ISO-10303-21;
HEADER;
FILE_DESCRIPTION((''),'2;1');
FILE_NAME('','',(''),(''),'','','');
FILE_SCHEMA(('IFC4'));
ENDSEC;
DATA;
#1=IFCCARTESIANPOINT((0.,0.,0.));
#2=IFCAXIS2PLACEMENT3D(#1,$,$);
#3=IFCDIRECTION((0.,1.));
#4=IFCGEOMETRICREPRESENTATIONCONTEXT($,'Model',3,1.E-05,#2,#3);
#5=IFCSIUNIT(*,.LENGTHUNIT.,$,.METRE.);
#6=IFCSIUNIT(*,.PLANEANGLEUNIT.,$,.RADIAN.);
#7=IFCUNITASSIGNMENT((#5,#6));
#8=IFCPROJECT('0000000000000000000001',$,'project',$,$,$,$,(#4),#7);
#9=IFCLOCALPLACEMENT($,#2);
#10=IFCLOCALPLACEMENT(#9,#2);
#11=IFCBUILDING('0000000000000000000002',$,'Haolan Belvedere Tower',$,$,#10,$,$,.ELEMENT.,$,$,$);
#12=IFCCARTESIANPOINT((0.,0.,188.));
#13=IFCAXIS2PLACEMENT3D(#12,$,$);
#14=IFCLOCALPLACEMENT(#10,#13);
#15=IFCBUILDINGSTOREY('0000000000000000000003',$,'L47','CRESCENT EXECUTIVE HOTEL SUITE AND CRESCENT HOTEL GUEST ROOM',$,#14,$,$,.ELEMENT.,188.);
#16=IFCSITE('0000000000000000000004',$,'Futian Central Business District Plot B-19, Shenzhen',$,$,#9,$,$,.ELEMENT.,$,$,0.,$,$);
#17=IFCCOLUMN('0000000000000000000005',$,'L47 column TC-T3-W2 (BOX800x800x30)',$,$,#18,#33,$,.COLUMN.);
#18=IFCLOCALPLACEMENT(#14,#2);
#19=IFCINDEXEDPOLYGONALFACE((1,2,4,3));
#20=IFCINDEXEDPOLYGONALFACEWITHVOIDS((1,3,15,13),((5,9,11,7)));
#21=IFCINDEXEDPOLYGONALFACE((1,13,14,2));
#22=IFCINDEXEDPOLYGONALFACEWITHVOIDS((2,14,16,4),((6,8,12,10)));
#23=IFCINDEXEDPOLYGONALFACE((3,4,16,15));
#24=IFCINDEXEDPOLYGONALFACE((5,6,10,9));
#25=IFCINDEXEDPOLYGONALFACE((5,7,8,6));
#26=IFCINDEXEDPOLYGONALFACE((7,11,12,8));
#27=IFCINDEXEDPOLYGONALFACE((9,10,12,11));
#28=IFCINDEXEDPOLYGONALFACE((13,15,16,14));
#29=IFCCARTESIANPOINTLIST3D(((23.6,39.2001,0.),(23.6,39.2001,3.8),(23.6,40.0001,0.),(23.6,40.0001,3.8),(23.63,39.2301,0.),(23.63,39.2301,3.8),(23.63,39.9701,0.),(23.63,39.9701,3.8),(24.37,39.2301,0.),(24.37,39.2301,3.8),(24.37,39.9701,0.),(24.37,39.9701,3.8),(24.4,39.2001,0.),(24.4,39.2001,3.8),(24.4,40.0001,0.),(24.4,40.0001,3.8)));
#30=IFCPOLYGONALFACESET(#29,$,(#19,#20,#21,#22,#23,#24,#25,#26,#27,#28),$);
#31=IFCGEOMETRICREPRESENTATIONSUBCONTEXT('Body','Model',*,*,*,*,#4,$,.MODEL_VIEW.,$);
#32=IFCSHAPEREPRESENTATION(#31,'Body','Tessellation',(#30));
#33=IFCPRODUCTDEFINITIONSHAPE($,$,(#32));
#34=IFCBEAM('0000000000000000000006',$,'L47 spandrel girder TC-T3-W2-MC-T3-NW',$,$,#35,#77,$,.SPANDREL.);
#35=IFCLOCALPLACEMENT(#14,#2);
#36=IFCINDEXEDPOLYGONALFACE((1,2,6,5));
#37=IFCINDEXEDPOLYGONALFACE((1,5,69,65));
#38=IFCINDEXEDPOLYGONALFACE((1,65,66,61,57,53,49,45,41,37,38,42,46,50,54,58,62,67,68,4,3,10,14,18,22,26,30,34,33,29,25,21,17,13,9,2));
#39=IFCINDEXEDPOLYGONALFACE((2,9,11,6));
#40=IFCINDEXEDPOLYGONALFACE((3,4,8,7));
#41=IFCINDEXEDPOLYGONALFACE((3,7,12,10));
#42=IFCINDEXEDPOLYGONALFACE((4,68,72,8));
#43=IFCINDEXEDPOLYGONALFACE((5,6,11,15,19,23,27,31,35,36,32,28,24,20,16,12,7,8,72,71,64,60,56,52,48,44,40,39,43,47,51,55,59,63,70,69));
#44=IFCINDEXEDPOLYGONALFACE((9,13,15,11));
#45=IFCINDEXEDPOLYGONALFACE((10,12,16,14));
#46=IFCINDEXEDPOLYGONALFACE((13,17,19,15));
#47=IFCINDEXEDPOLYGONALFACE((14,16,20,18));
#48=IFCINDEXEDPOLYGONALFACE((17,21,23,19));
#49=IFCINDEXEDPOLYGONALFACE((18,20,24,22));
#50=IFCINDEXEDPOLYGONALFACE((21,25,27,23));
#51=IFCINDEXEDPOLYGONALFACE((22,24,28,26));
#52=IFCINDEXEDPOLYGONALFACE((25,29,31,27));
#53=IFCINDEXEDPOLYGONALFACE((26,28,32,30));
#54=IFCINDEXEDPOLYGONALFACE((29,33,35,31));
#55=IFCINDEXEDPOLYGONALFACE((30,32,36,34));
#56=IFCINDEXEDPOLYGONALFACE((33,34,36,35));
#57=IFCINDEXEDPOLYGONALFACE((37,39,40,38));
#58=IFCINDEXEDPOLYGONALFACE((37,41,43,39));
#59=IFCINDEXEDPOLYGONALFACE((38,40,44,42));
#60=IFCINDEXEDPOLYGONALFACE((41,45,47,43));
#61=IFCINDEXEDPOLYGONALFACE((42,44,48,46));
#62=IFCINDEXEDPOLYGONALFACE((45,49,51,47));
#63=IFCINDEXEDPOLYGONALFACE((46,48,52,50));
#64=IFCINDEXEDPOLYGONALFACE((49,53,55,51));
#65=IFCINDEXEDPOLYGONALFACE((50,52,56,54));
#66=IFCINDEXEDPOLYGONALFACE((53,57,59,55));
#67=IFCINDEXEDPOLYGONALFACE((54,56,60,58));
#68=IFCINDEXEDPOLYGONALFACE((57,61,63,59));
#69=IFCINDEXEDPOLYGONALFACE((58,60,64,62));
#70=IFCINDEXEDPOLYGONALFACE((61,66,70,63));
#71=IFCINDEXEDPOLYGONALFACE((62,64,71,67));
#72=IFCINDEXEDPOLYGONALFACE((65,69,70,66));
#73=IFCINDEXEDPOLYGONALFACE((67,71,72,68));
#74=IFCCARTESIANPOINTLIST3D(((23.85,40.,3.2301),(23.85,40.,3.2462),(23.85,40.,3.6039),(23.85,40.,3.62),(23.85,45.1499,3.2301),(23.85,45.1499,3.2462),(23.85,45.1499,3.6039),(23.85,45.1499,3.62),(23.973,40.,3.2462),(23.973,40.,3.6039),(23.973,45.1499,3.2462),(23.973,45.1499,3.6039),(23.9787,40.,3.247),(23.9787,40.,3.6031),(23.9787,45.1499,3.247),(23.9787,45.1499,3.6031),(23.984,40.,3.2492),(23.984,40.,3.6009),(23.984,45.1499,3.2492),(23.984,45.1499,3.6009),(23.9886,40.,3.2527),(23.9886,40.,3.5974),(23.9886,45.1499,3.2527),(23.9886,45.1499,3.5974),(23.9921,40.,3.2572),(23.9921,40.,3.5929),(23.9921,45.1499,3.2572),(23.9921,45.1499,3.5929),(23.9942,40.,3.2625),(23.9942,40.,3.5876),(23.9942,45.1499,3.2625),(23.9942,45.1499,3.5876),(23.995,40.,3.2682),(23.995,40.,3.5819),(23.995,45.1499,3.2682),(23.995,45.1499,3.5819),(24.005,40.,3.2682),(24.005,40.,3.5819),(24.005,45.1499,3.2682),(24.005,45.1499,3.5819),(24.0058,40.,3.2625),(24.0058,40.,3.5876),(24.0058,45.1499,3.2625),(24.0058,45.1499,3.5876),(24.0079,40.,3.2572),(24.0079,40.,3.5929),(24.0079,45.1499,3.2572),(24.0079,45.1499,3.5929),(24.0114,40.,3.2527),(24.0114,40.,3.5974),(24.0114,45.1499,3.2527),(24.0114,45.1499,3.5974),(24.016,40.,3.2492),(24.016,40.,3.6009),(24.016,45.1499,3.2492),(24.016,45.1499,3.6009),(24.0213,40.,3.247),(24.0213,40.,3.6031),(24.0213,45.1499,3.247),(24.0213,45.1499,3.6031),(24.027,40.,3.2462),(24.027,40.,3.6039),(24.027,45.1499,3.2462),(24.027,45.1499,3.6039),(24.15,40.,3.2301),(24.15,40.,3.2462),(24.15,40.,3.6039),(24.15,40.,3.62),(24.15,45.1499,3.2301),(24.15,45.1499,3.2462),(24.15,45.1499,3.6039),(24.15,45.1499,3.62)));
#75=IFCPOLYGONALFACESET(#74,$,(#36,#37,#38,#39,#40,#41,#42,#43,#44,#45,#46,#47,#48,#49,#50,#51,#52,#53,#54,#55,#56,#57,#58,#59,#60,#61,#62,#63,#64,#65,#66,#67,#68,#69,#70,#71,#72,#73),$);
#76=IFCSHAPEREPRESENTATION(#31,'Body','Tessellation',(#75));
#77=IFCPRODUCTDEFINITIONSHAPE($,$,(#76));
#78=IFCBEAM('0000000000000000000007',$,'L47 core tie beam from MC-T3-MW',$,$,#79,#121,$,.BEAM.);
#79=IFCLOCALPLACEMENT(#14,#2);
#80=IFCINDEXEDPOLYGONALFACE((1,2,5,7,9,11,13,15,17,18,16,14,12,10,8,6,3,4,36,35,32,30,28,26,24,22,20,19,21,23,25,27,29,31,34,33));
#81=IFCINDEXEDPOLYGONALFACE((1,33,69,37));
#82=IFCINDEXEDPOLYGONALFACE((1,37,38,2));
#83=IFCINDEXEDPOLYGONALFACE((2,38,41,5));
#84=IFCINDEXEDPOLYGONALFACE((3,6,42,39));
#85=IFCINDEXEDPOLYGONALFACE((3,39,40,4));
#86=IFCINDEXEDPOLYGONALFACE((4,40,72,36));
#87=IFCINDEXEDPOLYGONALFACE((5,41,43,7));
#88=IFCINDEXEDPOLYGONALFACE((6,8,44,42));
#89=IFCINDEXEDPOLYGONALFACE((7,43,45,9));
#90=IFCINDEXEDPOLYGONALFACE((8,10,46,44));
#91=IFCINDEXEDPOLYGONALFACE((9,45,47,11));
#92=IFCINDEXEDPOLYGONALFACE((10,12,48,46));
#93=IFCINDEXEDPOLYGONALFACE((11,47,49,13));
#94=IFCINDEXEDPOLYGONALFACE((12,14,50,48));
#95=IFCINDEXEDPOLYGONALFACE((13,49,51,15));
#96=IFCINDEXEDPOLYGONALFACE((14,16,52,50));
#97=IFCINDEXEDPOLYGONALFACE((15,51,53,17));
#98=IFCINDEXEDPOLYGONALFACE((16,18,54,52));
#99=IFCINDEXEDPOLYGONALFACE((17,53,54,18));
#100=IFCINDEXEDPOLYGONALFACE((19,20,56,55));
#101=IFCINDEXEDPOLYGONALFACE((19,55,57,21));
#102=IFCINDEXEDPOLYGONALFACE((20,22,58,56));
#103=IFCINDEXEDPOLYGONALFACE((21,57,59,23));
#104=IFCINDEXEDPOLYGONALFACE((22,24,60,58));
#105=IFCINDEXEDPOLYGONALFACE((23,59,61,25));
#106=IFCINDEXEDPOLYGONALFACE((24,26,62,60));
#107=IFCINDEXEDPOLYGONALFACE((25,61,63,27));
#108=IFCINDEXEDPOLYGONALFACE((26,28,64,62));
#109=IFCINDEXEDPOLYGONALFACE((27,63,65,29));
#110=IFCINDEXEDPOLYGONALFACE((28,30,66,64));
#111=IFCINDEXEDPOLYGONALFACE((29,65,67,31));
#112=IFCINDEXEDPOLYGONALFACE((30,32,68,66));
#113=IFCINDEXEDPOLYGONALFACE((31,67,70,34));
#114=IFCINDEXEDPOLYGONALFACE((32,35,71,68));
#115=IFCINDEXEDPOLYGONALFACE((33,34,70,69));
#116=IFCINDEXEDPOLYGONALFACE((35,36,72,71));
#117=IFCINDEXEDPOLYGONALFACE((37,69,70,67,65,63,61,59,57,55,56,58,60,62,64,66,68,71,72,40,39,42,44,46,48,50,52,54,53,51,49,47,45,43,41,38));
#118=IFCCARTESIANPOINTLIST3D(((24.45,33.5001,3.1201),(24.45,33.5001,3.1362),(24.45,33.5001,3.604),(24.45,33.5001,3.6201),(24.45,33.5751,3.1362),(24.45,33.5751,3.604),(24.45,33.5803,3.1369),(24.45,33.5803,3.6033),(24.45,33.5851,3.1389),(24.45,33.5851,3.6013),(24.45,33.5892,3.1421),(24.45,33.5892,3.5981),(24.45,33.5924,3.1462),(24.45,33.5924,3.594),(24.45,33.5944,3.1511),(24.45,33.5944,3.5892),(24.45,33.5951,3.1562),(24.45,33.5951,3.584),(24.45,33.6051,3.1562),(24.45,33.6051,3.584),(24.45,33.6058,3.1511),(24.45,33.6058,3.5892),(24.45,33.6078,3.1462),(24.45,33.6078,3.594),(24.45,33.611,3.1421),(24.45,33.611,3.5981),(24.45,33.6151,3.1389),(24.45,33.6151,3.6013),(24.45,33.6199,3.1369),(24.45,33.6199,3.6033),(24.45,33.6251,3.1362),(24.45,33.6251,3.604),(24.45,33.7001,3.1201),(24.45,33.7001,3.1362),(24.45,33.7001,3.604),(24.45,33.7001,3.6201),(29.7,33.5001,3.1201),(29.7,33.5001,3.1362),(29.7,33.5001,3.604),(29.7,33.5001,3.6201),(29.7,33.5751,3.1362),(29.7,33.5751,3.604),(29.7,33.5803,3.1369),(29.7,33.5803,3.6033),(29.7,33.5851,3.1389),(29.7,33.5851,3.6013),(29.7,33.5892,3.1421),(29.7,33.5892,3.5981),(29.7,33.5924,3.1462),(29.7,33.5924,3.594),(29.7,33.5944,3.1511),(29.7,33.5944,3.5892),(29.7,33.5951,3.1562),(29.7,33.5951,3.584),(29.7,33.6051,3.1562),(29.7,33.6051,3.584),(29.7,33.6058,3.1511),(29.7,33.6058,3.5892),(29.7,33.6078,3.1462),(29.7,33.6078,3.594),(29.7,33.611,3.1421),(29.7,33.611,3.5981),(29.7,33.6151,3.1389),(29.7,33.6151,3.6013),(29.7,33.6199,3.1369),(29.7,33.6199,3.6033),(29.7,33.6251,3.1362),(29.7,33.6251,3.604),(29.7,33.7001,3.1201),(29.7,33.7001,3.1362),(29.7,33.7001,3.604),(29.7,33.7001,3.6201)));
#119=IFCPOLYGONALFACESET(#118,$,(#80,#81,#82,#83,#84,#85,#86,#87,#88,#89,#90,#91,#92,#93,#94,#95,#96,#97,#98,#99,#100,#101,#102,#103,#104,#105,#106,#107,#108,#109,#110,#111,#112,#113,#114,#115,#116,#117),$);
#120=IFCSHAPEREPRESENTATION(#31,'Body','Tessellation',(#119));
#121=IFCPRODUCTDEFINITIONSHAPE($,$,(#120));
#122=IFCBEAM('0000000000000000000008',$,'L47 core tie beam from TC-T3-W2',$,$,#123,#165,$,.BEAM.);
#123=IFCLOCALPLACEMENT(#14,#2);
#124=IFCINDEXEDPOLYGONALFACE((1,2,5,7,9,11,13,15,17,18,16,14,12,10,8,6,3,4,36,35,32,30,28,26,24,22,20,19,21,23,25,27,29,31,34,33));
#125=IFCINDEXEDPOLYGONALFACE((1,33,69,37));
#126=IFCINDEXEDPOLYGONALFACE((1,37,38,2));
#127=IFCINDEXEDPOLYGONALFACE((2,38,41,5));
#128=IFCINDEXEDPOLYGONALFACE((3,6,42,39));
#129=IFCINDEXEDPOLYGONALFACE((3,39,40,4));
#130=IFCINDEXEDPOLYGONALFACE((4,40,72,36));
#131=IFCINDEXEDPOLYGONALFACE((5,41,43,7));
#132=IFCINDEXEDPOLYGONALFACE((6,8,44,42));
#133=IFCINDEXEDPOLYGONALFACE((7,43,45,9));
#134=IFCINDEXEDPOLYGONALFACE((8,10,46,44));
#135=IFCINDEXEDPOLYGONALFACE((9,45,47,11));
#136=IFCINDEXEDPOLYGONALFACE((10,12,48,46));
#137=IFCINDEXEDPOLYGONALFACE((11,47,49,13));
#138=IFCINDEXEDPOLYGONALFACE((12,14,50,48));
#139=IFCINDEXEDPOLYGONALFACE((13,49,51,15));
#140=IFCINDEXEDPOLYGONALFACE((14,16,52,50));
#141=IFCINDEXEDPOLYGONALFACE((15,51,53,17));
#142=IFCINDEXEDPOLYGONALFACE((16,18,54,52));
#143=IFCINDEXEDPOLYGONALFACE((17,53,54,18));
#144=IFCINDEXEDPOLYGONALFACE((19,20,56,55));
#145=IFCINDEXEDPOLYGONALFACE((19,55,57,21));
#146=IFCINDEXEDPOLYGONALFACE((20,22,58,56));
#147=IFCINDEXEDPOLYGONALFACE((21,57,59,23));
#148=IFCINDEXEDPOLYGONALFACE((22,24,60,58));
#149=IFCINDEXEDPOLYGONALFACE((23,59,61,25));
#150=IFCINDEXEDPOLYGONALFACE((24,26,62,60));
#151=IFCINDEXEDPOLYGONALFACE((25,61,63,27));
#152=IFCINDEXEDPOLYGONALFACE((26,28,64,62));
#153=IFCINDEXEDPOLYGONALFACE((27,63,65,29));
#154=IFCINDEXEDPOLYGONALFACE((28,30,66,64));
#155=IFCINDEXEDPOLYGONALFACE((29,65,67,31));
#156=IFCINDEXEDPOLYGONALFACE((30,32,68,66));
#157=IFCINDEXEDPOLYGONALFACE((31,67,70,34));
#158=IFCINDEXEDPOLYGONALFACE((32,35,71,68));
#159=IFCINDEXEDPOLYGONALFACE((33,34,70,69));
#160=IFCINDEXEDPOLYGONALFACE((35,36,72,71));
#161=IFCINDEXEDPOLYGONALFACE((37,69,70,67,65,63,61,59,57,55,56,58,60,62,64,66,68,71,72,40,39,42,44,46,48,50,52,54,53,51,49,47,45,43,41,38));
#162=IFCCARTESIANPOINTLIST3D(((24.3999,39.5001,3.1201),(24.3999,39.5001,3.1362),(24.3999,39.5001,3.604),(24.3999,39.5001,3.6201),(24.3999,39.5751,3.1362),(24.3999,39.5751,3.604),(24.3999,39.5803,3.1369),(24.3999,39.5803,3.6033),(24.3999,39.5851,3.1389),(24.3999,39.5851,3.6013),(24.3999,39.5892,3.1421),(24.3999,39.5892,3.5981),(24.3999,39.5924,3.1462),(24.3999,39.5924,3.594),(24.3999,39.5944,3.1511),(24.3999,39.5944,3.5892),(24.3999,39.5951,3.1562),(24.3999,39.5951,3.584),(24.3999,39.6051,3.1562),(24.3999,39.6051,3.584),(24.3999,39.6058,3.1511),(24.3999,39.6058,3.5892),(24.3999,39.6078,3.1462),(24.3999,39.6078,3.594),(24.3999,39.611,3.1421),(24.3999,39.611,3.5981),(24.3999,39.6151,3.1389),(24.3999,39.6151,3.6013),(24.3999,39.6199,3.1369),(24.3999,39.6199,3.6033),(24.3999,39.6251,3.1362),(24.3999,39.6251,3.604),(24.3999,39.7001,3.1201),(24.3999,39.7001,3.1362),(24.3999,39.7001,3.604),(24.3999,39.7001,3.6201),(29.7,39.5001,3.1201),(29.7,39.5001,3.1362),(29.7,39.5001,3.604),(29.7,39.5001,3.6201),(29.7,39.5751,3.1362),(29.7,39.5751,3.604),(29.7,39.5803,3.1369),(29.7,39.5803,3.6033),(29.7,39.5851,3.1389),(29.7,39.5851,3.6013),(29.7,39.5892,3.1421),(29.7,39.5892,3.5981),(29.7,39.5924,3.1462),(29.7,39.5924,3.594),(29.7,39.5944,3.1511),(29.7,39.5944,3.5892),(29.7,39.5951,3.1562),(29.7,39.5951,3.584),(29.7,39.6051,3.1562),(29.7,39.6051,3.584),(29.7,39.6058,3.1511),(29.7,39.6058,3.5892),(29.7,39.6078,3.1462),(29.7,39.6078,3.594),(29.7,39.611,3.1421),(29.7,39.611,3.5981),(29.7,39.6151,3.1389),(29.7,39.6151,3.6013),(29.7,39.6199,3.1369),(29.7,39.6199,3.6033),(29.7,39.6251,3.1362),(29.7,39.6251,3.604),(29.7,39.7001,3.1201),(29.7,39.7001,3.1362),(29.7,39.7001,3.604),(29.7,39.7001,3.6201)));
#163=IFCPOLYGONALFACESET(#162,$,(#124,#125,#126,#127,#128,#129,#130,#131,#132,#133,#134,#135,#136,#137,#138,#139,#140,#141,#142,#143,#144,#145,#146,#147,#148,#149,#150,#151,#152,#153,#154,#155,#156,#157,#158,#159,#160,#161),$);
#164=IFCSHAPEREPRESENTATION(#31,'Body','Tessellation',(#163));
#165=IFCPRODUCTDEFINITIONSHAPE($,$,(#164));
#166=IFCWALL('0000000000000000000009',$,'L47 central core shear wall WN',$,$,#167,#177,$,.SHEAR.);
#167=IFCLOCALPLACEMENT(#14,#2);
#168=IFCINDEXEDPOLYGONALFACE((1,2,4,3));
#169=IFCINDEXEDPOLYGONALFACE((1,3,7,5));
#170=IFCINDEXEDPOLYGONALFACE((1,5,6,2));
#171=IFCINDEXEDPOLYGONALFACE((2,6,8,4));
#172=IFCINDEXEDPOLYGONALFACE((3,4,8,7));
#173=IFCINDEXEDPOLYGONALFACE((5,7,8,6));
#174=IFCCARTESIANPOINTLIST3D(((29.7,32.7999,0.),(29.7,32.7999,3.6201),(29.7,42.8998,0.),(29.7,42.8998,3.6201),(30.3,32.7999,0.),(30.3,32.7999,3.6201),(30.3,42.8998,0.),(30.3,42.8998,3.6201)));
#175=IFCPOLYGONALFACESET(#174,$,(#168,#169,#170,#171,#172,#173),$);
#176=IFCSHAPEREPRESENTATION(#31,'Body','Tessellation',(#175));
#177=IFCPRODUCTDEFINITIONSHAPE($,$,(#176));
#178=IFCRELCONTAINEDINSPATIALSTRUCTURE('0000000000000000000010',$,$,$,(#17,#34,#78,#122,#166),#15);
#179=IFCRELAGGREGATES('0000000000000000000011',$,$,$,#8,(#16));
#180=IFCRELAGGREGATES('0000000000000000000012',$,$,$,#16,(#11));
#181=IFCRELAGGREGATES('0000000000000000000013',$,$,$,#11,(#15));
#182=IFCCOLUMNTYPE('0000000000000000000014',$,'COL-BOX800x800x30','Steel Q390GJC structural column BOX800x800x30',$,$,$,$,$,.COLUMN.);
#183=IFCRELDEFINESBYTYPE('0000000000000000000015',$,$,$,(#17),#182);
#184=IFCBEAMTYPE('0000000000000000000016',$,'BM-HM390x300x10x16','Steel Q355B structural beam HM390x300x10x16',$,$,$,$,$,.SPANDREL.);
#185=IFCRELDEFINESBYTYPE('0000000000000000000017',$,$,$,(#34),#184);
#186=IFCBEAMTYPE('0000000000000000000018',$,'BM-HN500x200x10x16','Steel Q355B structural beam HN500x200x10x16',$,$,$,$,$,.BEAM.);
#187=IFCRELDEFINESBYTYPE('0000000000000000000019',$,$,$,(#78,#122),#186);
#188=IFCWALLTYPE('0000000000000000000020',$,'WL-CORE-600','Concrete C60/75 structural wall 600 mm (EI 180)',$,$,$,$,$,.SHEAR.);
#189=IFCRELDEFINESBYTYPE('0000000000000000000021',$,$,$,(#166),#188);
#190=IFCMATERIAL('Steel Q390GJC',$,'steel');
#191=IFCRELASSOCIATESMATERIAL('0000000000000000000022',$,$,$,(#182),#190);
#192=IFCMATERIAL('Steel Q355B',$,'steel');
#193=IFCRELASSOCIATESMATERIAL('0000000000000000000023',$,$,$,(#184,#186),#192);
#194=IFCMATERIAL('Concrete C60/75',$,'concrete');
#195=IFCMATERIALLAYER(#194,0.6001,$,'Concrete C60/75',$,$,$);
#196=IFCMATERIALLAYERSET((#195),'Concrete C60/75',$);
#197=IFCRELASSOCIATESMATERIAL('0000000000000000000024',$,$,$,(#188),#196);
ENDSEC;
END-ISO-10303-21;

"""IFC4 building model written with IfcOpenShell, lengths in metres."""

from ifc_helpers import new_model, si_unit, direction, frame, frame_2d, origin, origin_2d, place, context, subcontext, project, spatial, rectangle, hollow_rectangle, i_section, extrude, material, layer, layer_set, material_profile, profile_set, type_object, element, save


model = new_model("IFC4")

# Units and contexts
model_context = context("Model", 3, precision=1e-05, world=origin(), true_north=direction((0.0, 1.0)))
body_context = subcontext(model_context, "Body", "Model", "MODEL_VIEW")
ifc_project = project(units=[si_unit("LENGTHUNIT", "METRE"), si_unit("PLANEANGLEUNIT", "RADIAN")], contexts=[model_context])

# Site, building, storey
site_placement = place(None, origin())
site = spatial("IfcSite", under=ifc_project, at=site_placement, Name="Futian Central Business District Plot B-19, Shenzhen", CompositionType="ELEMENT", RefElevation=0.0)
building_placement = place(site_placement, origin())
building = spatial("IfcBuilding", under=site, at=building_placement, Name="Haolan Belvedere Tower", CompositionType="ELEMENT")
storey_placement = place(building_placement, frame((0.0, 0.0, 188.0)))
storey = spatial("IfcBuildingStorey", under=building, at=storey_placement, Name="L47", Description="CRESCENT EXECUTIVE HOTEL SUITE AND CRESCENT HOTEL GUEST ROOM", CompositionType="ELEMENT", Elevation=188.0)

# Column
ifc_material_1 = material(Name="Steel Q390GJC", Category="steel")
ifc_material_profile_1 = material_profile(ifc_material_1, hollow_rectangle(XDim=0.8, YDim=0.8, WallThickness=0.03, at=origin_2d()), Name="Steel Q390GJC")
ifc_profile_set_1 = profile_set([ifc_material_profile_1], Name="Steel Q390GJC")
column_type = type_object("IfcColumnType", Name="COL-BOX800x800x30", Description="Steel Q390GJC structural column BOX800x800x30", PredefinedType="COLUMN", material=ifc_profile_set_1)
column_placement = place(storey_placement, frame((24.0, 39.6001, 0.0), z_axis=(0.0, 0.0, 1.0), x_axis=(1.0, 0.0, 0.0)))
element("IfcColumn", 1, at=column_placement, inside=storey, type_object=column_type, Name="L47 column TC-T3-W2 (BOX800x800x30)", PredefinedType="COLUMN", context=body_context, shape_type="SweptSolid", body=[
    extrude(hollow_rectangle(XDim=0.8, YDim=0.8, WallThickness=0.03, at=origin_2d()), origin(), (0.0, 0.0, 1.0), 3.8),
])

# Beams
ifc_material_2 = material(Name="Steel Q355B", Category="steel")
ifc_material_profile_2 = material_profile(ifc_material_2, i_section(OverallWidth=0.3, OverallDepth=0.3899, WebThickness=0.01, FlangeThickness=0.0161, FilletRadius=0.022, at=origin_2d()), Name="Steel Q355B")
ifc_profile_set_2 = profile_set([ifc_material_profile_2], Name="Steel Q355B")
beam_type_1 = type_object("IfcBeamType", Name="BM-HM390x300x10x16", Description="Steel Q355B structural beam HM390x300x10x16", PredefinedType="SPANDREL", material=ifc_profile_set_2)
beam_1_placement = place(storey_placement, frame((24.0, 40.0, 3.425), z_axis=(0.0, 1.0, 0.0), x_axis=(-1.0, 0.0, 0.0)))
element("IfcBeam", 2, at=beam_1_placement, inside=storey, type_object=beam_type_1, Name="L47 spandrel girder TC-T3-W2-MC-T3-NW", PredefinedType="SPANDREL", context=body_context, shape_type="SweptSolid", body=[
    extrude(i_section(OverallWidth=0.3, OverallDepth=0.3899, WebThickness=0.01, FlangeThickness=0.0161, FilletRadius=0.022, at=origin_2d()), origin(), (0.0, 0.0, 1.0), 5.1499),
])
ifc_material_profile_3 = material_profile(ifc_material_2, i_section(OverallWidth=0.2, OverallDepth=0.5, WebThickness=0.01, FlangeThickness=0.0161, FilletRadius=0.02, at=origin_2d()), Name="Steel Q355B")
ifc_profile_set_3 = profile_set([ifc_material_profile_3], Name="Steel Q355B")
beam_type_2 = type_object("IfcBeamType", Name="BM-HN500x200x10x16", Description="Steel Q355B structural beam HN500x200x10x16", PredefinedType="BEAM", material=ifc_profile_set_3)
beam_2_placement = place(storey_placement, frame((24.45, 33.6001, 3.3701), z_axis=(1.0, 0.0, 0.0), x_axis=(0.0, 1.0, 0.0)))
element("IfcBeam", 3, at=beam_2_placement, inside=storey, type_object=beam_type_2, Name="L47 core tie beam from MC-T3-MW", PredefinedType="BEAM", context=body_context, shape_type="SweptSolid", body=[
    extrude(i_section(OverallWidth=0.2, OverallDepth=0.5, WebThickness=0.01, FlangeThickness=0.0161, FilletRadius=0.02, at=origin_2d()), origin(), (0.0, 0.0, 1.0), 5.25),
])
beam_3_placement = place(storey_placement, frame((24.3999, 39.6001, 3.3701), z_axis=(1.0, 0.0, 0.0), x_axis=(0.0, 1.0, 0.0)))
element("IfcBeam", 4, at=beam_3_placement, inside=storey, type_object=beam_type_2, Name="L47 core tie beam from TC-T3-W2", PredefinedType="BEAM", context=body_context, shape_type="SweptSolid", body=[
    extrude(i_section(OverallWidth=0.2, OverallDepth=0.5, WebThickness=0.01, FlangeThickness=0.0161, FilletRadius=0.02, at=origin_2d()), origin(), (0.0, 0.0, 1.0), 5.3),
])

# Wall
ifc_material_3 = material(Name="Concrete C60/75", Category="concrete")
ifc_layer_1 = layer(ifc_material_3, 0.6001, Name="Concrete C60/75")
ifc_layer_set_1 = layer_set([ifc_layer_1], Name="Concrete C60/75")
wall_type_1 = type_object("IfcWallType", Name="WL-CORE-600", Description="Concrete C60/75 structural wall 600 mm (EI 180)", PredefinedType="SHEAR", material=ifc_layer_set_1)
wall_1_placement = place(storey_placement, frame((30.0, 32.8, 0.0), z_axis=(0.0, 0.0, 1.0), x_axis=(0.0, 1.0, 0.0)))
element("IfcWall", 5, at=wall_1_placement, inside=storey, type_object=wall_type_1, Name="L47 central core shear wall WN", PredefinedType="SHEAR", context=body_context, shape_type="SweptSolid", body=[
    extrude(rectangle(XDim=10.0999, YDim=0.6001, at=frame_2d((5.0498, 0.0))), origin(), (0.0, 0.0, 1.0), 3.6201),
])

save(model, "model.ifc")
